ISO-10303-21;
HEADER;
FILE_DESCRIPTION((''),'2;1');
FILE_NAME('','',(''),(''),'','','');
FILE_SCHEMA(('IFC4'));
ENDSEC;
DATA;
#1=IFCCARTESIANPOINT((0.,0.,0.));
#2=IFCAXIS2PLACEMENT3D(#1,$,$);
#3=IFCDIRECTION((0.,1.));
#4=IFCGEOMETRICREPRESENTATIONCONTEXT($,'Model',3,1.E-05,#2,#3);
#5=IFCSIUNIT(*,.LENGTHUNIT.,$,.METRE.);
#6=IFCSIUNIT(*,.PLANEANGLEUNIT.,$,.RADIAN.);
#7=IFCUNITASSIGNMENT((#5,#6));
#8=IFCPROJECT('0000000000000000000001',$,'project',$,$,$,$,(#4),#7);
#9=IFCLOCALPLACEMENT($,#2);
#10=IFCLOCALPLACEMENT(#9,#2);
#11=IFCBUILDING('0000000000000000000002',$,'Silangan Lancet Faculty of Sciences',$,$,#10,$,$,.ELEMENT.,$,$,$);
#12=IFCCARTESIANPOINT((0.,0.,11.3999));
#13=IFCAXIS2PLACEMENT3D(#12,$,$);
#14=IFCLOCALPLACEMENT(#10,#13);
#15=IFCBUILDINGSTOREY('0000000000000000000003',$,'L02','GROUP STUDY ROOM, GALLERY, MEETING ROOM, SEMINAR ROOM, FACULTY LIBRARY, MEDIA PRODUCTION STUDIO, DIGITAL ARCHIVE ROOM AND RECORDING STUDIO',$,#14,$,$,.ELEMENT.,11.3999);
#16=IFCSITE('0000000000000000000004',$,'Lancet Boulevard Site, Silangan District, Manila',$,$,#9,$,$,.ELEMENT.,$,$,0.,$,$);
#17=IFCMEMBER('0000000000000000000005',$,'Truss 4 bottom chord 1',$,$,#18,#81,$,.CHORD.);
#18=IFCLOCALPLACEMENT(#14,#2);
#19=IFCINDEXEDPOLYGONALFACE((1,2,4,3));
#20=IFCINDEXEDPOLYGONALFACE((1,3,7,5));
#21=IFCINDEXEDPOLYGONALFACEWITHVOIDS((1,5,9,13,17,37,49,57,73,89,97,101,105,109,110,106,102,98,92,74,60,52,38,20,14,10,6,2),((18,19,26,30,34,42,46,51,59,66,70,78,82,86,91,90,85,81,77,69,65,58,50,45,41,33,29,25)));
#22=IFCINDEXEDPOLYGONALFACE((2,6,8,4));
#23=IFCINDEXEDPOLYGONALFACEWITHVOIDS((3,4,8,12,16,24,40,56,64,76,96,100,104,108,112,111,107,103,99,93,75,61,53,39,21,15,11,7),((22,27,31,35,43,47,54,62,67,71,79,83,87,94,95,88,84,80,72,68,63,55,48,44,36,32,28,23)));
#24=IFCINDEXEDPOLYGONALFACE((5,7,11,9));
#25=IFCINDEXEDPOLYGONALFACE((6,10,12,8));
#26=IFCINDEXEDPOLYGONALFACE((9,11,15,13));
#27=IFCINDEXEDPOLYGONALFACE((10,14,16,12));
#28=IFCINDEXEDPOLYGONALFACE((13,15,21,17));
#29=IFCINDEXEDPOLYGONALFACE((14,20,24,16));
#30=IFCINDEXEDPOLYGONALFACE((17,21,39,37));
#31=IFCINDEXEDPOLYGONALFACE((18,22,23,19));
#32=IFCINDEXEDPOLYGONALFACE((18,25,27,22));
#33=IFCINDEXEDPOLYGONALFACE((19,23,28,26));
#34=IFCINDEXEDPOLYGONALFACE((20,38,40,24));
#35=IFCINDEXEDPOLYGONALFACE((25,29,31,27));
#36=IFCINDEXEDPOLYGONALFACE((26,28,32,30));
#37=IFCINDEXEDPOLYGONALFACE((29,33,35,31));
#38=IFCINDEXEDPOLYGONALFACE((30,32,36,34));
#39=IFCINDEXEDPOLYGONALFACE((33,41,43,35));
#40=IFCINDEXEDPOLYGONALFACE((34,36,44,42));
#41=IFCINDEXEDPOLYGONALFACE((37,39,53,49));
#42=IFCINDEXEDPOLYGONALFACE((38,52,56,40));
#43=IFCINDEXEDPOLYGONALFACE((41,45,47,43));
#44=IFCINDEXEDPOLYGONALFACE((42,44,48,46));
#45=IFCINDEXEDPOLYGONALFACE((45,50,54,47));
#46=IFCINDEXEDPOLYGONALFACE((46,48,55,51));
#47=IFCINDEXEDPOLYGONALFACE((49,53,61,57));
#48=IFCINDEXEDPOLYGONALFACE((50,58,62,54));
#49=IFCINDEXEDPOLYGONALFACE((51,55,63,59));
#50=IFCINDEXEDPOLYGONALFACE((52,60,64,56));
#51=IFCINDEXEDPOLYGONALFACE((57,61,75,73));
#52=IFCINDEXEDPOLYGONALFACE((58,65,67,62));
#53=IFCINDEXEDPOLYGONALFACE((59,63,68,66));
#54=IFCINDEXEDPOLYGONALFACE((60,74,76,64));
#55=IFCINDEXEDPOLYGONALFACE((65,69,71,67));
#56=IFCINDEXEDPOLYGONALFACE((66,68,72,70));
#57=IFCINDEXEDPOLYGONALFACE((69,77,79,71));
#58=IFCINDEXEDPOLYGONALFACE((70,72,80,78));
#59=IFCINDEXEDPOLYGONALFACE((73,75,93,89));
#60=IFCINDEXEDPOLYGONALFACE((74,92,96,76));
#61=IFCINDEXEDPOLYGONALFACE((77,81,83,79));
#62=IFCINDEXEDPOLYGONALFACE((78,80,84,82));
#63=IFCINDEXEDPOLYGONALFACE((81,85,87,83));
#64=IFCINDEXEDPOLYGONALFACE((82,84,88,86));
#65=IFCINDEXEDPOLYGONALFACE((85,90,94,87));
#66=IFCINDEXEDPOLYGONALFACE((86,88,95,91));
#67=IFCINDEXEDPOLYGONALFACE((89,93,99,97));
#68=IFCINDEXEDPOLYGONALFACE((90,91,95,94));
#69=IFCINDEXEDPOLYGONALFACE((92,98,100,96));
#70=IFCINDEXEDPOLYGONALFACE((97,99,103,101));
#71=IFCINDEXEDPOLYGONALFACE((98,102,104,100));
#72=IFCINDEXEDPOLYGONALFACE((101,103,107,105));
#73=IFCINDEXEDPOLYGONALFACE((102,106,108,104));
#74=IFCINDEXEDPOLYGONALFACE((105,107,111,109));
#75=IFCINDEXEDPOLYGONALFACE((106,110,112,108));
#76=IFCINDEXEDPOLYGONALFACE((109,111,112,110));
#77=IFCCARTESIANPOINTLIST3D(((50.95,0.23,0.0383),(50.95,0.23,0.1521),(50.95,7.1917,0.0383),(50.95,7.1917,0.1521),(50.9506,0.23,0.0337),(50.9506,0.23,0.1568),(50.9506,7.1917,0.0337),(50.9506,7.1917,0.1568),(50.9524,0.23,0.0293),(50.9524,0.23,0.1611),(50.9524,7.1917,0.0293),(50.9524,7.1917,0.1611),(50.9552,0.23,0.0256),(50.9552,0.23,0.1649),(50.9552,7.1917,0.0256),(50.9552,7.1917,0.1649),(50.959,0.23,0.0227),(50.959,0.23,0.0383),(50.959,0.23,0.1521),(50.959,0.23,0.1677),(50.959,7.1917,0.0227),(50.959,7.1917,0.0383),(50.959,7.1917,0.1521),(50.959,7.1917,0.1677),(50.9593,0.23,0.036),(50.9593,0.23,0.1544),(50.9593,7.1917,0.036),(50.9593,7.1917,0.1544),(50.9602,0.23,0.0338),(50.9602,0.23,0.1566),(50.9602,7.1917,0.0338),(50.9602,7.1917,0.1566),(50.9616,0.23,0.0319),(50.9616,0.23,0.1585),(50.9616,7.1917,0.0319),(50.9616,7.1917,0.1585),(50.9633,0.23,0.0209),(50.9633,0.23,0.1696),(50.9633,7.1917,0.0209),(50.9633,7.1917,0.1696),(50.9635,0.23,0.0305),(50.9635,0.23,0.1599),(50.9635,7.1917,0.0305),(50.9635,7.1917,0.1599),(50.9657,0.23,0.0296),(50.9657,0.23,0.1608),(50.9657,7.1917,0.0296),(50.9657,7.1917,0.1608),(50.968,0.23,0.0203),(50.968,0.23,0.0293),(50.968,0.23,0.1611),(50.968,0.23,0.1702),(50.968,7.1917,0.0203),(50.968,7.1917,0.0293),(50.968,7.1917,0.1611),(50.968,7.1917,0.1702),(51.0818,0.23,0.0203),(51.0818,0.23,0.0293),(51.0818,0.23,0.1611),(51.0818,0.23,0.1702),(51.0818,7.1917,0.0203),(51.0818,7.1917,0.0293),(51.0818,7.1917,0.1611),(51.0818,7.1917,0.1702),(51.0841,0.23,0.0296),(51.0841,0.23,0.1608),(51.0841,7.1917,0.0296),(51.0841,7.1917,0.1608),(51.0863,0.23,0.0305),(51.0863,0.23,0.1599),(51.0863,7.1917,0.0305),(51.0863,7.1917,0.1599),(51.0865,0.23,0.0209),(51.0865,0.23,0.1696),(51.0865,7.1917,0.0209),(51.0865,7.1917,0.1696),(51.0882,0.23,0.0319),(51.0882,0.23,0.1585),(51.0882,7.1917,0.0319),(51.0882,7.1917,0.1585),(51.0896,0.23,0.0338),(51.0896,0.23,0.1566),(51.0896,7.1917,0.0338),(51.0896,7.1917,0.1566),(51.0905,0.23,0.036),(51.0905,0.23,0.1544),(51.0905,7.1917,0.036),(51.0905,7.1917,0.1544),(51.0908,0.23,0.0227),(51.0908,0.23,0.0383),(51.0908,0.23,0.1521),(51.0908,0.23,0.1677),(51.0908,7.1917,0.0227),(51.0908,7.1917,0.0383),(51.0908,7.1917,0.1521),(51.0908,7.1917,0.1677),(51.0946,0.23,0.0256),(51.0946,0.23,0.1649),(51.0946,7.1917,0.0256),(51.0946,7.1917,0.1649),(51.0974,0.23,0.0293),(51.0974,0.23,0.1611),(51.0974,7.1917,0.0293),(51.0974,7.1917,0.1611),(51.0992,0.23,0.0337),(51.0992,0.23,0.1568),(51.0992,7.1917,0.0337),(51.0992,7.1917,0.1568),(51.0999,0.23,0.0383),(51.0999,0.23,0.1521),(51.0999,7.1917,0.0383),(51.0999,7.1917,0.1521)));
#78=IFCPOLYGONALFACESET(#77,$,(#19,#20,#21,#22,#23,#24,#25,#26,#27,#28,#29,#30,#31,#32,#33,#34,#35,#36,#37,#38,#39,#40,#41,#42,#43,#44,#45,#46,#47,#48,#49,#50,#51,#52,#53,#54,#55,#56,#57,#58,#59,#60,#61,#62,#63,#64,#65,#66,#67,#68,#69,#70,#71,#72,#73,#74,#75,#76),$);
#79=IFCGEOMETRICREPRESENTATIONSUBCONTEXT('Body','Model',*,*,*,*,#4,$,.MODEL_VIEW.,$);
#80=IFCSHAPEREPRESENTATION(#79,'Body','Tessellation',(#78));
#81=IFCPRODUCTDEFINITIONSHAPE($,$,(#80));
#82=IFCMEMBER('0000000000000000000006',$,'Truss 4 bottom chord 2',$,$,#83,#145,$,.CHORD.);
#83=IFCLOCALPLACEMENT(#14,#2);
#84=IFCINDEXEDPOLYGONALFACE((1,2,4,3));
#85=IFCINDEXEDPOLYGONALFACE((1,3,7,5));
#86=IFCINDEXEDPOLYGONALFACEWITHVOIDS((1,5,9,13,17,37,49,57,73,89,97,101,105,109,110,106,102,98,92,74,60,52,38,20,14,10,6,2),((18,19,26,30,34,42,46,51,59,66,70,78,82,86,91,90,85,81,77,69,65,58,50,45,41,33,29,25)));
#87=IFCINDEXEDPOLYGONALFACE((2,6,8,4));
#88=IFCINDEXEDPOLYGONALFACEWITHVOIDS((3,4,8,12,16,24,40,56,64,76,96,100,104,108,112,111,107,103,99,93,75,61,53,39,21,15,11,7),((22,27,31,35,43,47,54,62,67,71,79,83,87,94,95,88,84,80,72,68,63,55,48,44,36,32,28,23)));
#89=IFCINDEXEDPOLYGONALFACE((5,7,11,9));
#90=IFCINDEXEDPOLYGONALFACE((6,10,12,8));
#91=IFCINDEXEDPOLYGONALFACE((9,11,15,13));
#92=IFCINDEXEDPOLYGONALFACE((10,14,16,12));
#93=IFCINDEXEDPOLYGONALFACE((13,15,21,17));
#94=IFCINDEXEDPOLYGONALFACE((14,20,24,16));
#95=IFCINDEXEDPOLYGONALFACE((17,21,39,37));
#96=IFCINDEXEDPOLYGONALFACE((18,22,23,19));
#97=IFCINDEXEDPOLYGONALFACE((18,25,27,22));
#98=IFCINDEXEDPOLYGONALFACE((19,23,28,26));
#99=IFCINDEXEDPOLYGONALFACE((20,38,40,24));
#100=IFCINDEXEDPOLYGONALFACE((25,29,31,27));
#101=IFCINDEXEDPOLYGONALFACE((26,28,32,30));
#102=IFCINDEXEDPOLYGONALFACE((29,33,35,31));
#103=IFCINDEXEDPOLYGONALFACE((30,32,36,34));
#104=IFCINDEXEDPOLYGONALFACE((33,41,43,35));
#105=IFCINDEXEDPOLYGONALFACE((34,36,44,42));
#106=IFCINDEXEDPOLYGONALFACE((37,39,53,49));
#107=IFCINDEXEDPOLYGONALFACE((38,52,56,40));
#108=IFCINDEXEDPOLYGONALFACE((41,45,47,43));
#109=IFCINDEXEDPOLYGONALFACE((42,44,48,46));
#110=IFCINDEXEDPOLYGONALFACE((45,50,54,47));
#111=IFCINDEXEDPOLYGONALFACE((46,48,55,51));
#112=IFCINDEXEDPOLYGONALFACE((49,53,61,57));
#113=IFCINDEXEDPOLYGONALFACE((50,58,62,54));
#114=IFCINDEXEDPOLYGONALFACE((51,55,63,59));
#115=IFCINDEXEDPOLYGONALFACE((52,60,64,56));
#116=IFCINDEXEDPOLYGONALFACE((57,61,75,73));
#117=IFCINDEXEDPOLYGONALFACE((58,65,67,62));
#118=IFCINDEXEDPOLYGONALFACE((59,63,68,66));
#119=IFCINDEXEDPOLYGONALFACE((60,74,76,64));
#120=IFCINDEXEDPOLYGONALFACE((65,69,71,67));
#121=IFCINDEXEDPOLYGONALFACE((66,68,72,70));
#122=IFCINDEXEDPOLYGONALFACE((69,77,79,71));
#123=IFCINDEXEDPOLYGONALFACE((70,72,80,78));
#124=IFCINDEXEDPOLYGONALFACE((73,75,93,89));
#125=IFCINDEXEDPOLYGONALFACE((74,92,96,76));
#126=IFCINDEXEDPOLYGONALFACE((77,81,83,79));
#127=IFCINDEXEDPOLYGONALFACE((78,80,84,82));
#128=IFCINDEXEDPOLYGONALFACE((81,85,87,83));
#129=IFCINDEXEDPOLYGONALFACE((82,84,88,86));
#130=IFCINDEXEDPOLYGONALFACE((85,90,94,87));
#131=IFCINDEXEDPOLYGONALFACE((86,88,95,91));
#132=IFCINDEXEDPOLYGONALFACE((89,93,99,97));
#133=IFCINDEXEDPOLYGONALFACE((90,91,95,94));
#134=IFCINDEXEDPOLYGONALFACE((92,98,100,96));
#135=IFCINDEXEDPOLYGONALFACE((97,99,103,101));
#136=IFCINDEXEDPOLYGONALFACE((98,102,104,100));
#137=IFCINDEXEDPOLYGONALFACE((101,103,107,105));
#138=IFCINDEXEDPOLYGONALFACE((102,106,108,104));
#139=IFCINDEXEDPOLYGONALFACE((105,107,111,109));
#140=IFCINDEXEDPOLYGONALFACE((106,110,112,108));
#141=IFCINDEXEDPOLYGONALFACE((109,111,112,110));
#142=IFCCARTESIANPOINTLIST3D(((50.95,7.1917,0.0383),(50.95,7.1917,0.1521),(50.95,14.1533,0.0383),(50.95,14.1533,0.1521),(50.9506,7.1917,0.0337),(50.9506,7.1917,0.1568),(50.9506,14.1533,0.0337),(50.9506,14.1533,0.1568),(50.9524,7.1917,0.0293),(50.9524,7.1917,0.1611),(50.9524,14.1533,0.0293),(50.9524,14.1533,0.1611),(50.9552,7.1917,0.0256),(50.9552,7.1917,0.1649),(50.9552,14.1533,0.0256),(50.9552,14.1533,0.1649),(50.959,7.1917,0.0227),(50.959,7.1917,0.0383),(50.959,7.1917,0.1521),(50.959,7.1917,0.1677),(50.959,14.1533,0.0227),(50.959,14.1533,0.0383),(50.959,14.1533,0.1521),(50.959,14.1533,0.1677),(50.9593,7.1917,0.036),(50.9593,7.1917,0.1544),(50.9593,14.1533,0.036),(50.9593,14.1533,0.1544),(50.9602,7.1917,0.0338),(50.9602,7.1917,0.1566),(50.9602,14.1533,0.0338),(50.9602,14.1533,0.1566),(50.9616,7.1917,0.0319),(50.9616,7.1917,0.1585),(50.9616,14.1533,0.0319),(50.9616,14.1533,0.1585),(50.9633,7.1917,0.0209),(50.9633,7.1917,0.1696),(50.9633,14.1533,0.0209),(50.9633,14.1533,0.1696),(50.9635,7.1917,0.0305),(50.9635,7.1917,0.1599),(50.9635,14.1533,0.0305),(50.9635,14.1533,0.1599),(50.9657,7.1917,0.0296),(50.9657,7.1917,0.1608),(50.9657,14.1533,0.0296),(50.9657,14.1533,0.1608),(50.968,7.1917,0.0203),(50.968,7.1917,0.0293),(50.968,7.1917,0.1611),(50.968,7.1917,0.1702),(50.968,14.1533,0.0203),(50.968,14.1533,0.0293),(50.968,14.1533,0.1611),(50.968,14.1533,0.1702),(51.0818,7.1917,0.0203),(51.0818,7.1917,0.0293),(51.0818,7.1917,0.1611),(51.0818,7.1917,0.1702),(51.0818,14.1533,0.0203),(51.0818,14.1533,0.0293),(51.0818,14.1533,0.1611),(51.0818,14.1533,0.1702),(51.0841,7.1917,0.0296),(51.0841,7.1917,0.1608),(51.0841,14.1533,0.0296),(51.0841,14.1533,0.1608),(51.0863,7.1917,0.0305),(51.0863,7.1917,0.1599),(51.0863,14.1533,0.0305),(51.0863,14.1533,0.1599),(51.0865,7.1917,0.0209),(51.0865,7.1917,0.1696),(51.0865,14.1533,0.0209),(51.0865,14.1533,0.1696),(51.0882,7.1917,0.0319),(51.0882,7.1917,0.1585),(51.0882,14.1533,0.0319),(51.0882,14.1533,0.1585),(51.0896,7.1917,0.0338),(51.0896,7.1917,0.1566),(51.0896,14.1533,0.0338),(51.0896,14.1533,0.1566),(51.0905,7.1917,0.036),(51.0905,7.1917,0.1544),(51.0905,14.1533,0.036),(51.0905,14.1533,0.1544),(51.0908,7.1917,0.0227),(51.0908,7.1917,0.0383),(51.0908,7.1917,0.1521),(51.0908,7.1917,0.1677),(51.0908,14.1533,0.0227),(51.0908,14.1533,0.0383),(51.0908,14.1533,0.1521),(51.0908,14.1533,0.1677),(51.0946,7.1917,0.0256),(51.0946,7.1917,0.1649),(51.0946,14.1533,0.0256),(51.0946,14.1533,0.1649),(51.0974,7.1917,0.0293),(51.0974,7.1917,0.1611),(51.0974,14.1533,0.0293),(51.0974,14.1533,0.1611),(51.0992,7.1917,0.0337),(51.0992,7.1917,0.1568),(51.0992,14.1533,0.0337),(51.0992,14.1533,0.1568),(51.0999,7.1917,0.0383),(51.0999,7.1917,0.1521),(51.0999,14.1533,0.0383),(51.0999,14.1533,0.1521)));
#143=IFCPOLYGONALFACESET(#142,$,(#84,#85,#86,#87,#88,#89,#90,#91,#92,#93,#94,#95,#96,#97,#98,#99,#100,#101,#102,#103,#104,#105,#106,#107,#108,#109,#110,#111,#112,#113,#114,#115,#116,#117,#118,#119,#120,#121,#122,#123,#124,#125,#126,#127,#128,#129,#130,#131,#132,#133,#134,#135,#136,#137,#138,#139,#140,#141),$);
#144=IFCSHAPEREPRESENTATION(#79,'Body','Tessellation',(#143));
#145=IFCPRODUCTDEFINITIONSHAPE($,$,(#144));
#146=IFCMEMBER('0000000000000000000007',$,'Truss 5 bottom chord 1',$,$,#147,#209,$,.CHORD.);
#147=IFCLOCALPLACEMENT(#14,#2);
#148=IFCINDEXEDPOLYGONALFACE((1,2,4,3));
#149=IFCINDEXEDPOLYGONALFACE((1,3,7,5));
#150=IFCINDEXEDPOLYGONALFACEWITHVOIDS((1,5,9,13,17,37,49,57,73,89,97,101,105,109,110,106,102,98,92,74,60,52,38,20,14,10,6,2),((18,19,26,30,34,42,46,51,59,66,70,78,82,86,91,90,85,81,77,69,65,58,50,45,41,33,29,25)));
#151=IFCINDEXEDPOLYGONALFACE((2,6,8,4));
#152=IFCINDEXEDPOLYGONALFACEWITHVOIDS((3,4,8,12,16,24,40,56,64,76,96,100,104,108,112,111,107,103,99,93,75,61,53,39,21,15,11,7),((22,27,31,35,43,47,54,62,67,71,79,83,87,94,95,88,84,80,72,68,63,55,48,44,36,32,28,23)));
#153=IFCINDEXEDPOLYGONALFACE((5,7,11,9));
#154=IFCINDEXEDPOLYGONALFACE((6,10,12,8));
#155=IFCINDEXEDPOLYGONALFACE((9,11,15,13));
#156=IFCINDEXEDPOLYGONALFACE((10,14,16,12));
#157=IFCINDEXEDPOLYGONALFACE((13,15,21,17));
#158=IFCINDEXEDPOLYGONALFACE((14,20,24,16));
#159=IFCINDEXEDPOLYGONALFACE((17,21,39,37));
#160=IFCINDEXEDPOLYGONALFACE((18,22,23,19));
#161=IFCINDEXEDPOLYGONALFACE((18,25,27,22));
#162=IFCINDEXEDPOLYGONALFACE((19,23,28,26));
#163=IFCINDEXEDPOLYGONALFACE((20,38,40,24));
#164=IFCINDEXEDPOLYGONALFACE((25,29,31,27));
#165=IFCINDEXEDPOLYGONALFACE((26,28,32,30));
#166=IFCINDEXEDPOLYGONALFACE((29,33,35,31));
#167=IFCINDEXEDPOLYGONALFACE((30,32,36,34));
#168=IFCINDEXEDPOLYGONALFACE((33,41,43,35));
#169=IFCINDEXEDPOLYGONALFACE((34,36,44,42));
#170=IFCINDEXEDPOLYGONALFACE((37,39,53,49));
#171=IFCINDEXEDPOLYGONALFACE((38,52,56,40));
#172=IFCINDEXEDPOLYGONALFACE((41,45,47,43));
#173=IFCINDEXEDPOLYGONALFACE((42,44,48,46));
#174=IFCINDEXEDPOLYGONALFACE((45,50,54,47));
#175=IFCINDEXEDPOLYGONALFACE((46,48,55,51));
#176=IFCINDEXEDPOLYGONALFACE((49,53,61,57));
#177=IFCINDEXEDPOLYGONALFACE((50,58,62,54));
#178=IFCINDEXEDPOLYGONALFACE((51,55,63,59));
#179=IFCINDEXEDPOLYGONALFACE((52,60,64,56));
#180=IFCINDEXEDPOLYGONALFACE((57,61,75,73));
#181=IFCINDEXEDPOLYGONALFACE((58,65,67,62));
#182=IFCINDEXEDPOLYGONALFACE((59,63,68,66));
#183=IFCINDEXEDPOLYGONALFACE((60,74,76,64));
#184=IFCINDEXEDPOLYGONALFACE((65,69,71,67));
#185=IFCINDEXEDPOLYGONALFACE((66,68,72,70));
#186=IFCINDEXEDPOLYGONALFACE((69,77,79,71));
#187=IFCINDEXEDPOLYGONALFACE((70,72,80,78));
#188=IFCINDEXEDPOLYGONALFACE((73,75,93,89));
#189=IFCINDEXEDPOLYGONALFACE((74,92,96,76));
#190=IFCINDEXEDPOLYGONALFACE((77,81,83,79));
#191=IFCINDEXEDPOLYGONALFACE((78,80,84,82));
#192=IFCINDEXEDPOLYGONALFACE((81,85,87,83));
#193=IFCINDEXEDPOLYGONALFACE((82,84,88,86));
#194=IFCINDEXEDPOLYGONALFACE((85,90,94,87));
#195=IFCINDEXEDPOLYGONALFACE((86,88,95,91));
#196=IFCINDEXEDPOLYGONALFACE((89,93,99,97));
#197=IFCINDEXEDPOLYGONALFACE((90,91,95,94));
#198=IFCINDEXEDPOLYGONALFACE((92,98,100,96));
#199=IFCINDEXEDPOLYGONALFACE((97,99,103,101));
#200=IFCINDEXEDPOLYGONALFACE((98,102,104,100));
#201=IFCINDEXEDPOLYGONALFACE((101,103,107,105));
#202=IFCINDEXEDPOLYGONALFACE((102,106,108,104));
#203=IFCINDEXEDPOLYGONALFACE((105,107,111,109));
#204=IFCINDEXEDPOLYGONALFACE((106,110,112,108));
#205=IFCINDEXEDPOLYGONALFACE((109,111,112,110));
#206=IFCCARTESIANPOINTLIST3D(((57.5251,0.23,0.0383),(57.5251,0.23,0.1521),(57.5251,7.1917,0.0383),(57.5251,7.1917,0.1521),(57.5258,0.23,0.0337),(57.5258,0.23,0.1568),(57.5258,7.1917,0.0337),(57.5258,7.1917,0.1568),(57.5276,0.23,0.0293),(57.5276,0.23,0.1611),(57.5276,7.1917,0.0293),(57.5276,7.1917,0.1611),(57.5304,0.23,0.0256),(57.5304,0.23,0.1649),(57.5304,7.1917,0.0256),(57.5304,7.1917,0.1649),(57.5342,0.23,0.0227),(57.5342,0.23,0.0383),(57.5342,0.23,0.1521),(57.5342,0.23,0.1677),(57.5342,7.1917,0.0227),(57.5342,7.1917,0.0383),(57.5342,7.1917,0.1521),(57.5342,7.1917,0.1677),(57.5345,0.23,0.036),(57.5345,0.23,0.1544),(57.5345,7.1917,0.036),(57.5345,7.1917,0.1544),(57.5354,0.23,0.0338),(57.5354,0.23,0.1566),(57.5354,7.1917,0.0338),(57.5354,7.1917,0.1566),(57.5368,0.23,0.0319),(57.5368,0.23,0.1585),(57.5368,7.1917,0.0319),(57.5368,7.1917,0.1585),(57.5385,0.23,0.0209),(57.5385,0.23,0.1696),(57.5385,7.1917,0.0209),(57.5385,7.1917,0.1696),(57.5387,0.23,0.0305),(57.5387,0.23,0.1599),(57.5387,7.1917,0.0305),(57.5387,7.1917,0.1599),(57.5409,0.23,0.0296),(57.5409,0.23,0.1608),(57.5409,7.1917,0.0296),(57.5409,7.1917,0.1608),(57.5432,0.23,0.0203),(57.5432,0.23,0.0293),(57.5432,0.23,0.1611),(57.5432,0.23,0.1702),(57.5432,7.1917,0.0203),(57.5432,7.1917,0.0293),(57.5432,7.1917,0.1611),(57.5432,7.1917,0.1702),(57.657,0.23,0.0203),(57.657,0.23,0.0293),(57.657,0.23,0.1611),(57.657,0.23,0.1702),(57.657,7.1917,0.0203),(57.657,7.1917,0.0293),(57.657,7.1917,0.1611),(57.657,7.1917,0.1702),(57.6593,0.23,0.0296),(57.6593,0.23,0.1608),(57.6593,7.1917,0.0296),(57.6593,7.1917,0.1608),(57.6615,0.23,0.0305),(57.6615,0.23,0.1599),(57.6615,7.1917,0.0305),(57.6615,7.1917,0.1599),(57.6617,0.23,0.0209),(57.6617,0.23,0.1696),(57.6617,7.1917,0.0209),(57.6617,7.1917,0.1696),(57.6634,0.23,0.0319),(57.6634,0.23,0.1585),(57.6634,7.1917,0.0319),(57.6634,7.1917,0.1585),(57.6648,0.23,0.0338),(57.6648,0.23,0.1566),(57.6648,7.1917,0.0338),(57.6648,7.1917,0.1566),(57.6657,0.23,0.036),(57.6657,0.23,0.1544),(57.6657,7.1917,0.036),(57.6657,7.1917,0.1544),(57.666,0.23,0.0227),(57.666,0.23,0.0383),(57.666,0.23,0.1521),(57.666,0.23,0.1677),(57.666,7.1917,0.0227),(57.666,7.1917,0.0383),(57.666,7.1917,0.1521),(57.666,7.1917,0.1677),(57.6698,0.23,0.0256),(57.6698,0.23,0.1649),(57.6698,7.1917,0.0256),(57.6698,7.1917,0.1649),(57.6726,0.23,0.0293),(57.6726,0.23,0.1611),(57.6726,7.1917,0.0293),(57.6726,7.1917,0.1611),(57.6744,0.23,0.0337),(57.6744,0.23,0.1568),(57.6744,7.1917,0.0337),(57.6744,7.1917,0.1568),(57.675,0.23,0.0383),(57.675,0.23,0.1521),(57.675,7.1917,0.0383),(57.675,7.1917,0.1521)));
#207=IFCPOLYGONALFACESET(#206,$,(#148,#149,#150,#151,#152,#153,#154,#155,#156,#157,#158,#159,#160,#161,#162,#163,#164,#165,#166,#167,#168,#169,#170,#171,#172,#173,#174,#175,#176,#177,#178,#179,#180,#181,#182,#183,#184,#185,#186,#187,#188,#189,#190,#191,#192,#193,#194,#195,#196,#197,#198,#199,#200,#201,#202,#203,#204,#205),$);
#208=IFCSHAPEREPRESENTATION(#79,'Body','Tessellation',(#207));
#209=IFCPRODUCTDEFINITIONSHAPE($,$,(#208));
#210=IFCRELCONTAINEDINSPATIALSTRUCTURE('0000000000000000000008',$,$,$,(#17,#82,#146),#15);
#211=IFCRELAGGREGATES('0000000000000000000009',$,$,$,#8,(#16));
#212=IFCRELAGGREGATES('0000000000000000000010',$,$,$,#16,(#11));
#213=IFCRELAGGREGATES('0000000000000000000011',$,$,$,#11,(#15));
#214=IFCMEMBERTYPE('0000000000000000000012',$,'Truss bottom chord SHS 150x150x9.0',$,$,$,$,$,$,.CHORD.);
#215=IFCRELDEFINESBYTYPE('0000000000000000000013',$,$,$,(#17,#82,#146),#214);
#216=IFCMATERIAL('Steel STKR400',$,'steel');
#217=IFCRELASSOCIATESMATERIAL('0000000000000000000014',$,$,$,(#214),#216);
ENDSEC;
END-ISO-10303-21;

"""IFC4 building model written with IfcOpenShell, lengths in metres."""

from ifc_helpers import new_model, si_unit, direction, frame, origin, origin_2d, place, context, subcontext, project, spatial, hollow_rectangle, extrude, material, material_profile, profile_set, type_object, element, save


model = new_model("IFC4")

# Units and contexts
model_context = context("Model", 3, precision=1e-05, world=origin(), true_north=direction((0.0, 1.0)))
body_context = subcontext(model_context, "Body", "Model", "MODEL_VIEW")
ifc_project = project(units=[si_unit("LENGTHUNIT", "METRE"), si_unit("PLANEANGLEUNIT", "RADIAN")], contexts=[model_context])

# Site, building, storey
site_placement = place(None, origin())
site = spatial("IfcSite", under=ifc_project, at=site_placement, Name="Lancet Boulevard Site, Silangan District, Manila", CompositionType="ELEMENT", RefElevation=0.0)
building_placement = place(site_placement, origin())
building = spatial("IfcBuilding", under=site, at=building_placement, Name="Silangan Lancet Faculty of Sciences", CompositionType="ELEMENT")
storey_placement = place(building_placement, frame((0.0, 0.0, 11.3999)))
storey = spatial("IfcBuildingStorey", under=building, at=storey_placement, Name="L02", Description="GROUP STUDY ROOM, GALLERY, MEETING ROOM, SEMINAR ROOM, FACULTY LIBRARY, MEDIA PRODUCTION STUDIO, DIGITAL ARCHIVE ROOM AND RECORDING STUDIO", CompositionType="ELEMENT", Elevation=11.3999)

# Members
ifc_material_1 = material(Name="Steel STKR400", Category="steel")
ifc_material_profile_1 = material_profile(ifc_material_1, hollow_rectangle(XDim=0.1499, YDim=0.1499, WallThickness=0.009, InnerFilletRadius=0.009, OuterFilletRadius=0.0181, at=origin_2d()), Name="SHS 150x150x9.0")
ifc_profile_set_1 = profile_set([ifc_material_profile_1], Name="Steel STKR400")
member_type_1 = type_object("IfcMemberType", Name="Truss bottom chord SHS 150x150x9.0", PredefinedType="CHORD", material=ifc_profile_set_1)
for number, where, z_axis, x_axis, name in (
    (1, (51.0249, 0.23, 0.0952), (0.0, 1.0, 0.0), (-1.0, 0.0, 0.0), "Truss 4 bottom chord 1"),
    (2, (51.0249, 7.1917, 0.0952), (0.0, 1.0, 0.0), (-1.0, 0.0, 0.0), "Truss 4 bottom chord 2"),
    (3, (57.6001, 0.23, 0.0952), (0.0, 1.0, 0.0), (-1.0, 0.0, 0.0), "Truss 5 bottom chord 1"),
):
    element("IfcMember", number, at=place(storey_placement, frame(where, z_axis=z_axis, x_axis=x_axis)), inside=storey, type_object=member_type_1, Name=name, PredefinedType="CHORD", context=body_context, shape_type="SweptSolid", body=[
        extrude(hollow_rectangle(XDim=0.1499, YDim=0.1499, WallThickness=0.009, InnerFilletRadius=0.009, OuterFilletRadius=0.0181, at=origin_2d()), origin(), (0.0, 0.0, 1.0), 6.9617),
    ])

save(model, "model.ifc")
